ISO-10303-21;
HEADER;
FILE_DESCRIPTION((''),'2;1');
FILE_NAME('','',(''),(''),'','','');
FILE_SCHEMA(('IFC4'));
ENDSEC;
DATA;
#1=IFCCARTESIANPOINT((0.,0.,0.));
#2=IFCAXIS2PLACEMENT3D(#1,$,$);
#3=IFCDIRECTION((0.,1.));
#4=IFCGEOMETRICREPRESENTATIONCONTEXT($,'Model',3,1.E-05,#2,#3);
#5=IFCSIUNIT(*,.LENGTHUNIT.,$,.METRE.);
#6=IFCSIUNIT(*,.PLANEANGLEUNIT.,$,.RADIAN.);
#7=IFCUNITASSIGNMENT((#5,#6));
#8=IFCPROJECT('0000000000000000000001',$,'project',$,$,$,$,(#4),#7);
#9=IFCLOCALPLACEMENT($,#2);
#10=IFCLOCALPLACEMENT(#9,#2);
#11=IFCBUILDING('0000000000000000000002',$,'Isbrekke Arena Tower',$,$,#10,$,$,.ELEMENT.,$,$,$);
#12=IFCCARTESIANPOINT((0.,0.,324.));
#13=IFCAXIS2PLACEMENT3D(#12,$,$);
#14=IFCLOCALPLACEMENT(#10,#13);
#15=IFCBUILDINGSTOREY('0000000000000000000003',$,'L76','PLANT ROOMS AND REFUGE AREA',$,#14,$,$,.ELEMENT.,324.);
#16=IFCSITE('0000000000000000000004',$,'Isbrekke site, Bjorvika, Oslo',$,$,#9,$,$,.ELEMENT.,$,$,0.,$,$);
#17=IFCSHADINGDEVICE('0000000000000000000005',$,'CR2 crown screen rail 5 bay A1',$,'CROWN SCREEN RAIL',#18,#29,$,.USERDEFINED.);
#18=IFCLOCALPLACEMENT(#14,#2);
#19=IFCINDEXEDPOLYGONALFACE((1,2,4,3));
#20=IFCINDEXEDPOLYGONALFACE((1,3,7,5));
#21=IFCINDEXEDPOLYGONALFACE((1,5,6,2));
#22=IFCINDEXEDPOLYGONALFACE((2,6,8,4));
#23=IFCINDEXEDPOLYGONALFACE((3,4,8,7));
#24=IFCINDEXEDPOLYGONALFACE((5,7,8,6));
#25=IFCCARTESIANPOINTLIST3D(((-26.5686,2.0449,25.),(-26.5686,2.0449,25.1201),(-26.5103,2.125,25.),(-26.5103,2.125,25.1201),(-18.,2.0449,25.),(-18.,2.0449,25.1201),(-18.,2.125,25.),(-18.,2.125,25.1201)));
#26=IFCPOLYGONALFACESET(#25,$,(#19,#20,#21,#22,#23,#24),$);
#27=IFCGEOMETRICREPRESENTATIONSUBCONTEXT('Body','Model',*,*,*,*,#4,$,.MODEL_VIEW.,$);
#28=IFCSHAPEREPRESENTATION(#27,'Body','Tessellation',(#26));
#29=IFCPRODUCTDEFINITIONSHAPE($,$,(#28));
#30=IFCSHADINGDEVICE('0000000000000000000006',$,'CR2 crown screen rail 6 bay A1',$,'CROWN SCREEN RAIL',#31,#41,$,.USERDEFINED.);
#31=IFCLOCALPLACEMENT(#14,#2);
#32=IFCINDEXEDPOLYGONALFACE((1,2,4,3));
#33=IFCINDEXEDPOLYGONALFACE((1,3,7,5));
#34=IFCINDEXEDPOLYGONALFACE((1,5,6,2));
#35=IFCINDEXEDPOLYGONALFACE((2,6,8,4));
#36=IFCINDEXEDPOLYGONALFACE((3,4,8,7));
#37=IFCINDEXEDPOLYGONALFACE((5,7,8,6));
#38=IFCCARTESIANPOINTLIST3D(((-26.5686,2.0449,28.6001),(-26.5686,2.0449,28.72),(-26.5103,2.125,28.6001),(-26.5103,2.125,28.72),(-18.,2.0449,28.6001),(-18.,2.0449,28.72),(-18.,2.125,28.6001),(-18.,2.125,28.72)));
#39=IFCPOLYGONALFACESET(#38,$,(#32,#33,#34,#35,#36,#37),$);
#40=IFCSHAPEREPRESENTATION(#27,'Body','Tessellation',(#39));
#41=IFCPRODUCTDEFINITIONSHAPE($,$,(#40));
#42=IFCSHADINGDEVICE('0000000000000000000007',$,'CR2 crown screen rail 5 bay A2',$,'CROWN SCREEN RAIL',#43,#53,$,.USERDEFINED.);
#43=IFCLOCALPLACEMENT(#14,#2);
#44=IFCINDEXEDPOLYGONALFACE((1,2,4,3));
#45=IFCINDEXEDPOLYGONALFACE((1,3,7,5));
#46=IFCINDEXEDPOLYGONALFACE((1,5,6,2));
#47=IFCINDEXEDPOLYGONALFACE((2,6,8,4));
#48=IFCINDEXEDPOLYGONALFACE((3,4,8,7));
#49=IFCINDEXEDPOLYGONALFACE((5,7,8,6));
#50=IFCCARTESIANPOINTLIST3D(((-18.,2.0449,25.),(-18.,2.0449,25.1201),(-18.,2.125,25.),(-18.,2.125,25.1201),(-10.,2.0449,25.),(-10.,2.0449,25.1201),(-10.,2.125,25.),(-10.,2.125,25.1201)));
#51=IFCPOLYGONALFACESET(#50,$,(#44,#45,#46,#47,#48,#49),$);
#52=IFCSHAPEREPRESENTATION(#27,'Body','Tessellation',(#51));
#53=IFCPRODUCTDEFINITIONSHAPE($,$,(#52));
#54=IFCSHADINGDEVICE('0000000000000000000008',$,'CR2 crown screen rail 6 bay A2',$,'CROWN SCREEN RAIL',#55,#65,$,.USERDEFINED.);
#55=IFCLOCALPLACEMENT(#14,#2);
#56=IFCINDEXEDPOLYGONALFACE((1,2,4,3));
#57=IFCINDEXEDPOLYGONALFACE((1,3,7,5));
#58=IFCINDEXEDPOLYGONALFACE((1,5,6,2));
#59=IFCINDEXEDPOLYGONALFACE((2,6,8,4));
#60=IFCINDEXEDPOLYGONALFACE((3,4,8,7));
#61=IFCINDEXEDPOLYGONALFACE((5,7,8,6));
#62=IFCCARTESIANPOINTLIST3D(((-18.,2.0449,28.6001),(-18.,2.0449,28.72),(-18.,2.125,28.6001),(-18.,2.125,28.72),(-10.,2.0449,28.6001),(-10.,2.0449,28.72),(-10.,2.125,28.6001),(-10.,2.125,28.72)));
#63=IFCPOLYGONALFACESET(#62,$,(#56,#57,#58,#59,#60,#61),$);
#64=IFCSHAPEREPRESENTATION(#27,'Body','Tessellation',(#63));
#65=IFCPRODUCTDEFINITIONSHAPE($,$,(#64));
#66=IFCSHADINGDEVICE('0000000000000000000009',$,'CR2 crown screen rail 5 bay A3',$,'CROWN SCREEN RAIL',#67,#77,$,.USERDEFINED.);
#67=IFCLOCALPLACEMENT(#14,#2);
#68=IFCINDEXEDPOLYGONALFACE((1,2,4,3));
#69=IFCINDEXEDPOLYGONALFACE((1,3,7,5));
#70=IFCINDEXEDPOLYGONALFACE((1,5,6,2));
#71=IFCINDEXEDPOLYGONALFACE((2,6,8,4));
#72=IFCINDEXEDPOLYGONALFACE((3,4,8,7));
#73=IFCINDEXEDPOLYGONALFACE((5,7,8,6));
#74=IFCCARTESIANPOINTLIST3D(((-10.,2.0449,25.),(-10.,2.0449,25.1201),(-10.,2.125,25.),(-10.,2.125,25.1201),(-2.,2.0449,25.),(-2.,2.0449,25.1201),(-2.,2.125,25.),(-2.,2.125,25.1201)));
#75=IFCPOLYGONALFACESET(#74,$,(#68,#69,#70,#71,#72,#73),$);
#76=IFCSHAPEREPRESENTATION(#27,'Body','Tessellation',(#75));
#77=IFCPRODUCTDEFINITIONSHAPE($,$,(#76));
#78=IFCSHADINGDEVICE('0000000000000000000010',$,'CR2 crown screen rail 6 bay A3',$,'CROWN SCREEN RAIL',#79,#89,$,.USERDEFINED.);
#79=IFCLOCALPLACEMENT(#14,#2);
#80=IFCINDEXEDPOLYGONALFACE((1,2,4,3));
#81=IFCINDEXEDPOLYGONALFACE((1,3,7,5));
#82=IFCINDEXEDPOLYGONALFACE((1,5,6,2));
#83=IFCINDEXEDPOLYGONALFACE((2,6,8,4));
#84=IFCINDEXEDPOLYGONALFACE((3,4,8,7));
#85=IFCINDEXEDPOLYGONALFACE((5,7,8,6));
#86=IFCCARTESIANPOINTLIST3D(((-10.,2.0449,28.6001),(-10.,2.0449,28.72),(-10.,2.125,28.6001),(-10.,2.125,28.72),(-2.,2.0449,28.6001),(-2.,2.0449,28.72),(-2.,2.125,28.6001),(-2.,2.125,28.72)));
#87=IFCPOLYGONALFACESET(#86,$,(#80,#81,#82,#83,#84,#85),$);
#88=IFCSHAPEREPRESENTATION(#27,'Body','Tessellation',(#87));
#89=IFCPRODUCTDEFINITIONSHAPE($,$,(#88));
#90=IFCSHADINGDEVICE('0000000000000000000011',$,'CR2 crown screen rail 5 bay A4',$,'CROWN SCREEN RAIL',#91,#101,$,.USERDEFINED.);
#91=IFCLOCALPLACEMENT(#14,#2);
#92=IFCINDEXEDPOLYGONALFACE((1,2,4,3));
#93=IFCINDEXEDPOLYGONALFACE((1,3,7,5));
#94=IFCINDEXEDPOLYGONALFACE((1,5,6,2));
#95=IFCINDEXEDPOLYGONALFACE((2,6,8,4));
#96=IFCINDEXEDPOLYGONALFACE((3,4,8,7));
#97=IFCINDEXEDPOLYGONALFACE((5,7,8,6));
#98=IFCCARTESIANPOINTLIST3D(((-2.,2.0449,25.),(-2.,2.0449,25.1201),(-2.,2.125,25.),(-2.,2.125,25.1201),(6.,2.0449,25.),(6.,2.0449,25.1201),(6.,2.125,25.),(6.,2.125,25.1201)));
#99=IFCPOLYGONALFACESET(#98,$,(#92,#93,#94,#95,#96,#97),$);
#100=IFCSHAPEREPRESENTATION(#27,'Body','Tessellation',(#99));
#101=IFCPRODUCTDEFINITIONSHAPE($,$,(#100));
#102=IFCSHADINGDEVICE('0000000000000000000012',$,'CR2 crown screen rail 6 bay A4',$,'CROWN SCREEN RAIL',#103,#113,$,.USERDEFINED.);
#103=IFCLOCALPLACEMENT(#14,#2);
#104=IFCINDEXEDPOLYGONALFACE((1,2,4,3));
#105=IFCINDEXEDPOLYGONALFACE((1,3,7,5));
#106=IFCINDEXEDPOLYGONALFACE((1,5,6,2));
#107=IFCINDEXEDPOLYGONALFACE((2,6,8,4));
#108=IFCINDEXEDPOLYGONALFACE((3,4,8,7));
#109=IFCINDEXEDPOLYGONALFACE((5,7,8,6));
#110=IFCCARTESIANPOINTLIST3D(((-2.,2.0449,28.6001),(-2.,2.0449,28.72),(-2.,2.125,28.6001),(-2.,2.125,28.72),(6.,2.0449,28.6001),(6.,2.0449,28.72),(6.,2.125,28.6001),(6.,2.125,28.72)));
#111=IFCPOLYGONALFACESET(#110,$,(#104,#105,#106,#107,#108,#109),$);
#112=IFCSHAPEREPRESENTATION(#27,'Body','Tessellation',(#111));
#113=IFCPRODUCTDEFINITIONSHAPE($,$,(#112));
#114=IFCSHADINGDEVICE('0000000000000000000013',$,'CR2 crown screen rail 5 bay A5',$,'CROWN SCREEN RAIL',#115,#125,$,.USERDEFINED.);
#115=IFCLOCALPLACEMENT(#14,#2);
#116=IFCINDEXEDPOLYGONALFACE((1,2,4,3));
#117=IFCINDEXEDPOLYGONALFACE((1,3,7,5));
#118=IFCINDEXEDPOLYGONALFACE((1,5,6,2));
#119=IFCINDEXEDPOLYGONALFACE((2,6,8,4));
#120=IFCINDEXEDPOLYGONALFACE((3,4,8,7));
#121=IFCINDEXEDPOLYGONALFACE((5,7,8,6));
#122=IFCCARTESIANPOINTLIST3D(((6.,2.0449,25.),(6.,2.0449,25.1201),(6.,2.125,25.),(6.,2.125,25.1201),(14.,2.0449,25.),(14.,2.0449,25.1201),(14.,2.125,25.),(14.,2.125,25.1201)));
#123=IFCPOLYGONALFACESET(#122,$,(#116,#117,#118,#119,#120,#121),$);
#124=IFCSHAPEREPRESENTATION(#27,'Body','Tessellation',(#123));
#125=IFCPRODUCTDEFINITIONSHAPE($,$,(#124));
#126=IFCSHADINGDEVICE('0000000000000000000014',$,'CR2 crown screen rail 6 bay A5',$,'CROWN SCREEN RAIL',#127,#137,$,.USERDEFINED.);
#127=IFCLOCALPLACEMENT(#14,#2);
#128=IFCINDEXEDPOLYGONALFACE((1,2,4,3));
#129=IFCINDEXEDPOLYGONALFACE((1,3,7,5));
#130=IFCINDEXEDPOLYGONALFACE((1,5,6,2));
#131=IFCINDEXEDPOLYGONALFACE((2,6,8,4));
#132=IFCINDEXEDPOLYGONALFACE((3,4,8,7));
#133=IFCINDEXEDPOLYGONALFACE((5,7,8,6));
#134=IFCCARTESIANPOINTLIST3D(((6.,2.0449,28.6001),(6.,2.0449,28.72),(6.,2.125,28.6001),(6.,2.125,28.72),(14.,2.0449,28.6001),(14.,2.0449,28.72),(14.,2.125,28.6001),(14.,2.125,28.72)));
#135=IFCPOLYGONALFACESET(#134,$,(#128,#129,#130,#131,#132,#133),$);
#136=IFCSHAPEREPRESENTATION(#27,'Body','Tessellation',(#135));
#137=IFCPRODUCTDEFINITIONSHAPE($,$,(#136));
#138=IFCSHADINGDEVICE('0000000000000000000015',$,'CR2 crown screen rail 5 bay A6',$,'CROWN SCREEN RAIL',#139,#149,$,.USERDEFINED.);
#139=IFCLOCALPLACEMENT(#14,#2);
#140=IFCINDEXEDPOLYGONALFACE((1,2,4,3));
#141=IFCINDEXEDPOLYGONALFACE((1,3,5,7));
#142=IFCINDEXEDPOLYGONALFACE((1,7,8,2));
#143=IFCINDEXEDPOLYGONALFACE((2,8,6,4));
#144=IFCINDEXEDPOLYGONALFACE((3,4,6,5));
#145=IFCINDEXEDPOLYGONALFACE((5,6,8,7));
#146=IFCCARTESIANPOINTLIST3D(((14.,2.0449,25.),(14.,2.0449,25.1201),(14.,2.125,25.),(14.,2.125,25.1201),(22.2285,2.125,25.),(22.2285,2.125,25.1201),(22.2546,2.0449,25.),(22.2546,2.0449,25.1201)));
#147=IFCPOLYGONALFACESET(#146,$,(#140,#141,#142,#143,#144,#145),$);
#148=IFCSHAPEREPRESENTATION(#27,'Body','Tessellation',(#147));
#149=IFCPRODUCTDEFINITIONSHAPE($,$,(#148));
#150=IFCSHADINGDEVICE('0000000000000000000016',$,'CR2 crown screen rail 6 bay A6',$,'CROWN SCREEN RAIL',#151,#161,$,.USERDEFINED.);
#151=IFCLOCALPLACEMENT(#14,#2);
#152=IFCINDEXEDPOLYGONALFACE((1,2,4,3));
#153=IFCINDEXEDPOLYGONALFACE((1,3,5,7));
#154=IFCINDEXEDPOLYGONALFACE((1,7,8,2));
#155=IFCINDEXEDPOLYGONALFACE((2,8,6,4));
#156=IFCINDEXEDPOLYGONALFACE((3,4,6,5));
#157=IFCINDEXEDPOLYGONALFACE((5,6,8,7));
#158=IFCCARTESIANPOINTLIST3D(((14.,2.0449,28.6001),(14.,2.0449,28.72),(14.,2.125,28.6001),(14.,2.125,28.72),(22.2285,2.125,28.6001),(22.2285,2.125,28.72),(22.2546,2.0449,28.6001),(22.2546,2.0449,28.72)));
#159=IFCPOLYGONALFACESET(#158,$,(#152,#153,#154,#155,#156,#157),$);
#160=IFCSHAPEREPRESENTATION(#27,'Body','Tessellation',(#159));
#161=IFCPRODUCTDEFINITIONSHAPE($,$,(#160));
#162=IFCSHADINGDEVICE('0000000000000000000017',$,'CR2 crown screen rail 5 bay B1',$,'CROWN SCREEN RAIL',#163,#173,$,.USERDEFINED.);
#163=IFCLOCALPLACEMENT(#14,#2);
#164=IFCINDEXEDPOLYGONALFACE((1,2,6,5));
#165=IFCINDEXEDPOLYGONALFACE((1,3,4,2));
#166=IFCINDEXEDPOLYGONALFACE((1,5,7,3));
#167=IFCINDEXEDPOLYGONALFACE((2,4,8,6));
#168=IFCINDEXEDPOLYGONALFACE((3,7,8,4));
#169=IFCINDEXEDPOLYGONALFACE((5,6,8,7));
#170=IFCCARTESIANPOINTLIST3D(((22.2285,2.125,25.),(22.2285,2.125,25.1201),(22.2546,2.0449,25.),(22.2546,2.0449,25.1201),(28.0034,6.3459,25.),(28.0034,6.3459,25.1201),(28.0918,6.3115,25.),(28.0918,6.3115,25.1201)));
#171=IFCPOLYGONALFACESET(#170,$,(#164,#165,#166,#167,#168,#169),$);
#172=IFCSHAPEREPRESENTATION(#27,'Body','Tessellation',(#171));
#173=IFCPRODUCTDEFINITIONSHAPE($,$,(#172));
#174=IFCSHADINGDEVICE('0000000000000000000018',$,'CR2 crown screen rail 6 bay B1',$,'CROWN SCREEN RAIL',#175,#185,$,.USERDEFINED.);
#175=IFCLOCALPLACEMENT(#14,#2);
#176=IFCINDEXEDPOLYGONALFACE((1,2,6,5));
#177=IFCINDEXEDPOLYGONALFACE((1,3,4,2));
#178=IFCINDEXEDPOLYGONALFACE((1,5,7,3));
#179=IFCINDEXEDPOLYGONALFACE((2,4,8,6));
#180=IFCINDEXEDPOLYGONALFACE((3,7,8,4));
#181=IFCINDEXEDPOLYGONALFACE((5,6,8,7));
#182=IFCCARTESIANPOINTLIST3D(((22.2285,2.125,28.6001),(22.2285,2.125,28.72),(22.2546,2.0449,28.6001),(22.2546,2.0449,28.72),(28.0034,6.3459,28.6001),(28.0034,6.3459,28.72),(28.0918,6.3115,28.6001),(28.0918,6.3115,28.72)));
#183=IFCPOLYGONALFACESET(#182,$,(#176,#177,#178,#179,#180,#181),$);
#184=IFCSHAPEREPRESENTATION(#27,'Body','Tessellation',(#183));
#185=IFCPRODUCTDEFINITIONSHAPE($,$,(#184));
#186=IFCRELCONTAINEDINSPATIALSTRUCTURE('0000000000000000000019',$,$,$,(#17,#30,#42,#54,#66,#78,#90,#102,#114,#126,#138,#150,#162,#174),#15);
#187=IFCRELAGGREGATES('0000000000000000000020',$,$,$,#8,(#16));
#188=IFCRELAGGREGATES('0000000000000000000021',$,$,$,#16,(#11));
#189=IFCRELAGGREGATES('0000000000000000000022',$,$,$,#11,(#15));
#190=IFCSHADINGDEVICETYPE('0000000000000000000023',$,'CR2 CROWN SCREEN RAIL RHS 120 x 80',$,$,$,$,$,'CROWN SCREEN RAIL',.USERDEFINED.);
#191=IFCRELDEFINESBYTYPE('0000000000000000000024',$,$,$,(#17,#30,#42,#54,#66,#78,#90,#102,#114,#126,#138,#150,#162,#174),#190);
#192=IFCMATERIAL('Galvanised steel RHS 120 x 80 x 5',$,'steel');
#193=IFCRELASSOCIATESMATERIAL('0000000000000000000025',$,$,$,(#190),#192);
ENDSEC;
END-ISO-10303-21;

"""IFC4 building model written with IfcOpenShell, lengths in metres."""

from ifc_helpers import new_model, si_unit, direction, frame, origin, place, context, subcontext, project, spatial, polyline, outline, extrude, material, type_object, element, save


model = new_model("IFC4")

# Units and contexts
model_context = context("Model", 3, precision=1e-05, world=origin(), true_north=direction((0.0, 1.0)))
body_context = subcontext(model_context, "Body", "Model", "MODEL_VIEW")
ifc_project = project(units=[si_unit("LENGTHUNIT", "METRE"), si_unit("PLANEANGLEUNIT", "RADIAN")], contexts=[model_context])

# Site, building, storey
site_placement = place(None, origin())
site = spatial("IfcSite", under=ifc_project, at=site_placement, Name="Isbrekke site, Bjorvika, Oslo", CompositionType="ELEMENT", RefElevation=0.0)
building_placement = place(site_placement, origin())
building = spatial("IfcBuilding", under=site, at=building_placement, Name="Isbrekke Arena Tower", CompositionType="ELEMENT")
storey_placement = place(building_placement, frame((0.0, 0.0, 324.0)))
storey = spatial("IfcBuildingStorey", under=building, at=storey_placement, Name="L76", Description="PLANT ROOMS AND REFUGE AREA", CompositionType="ELEMENT", Elevation=324.0)

# Shading devices
ifc_material_1 = material(Name="Galvanised steel RHS 120 x 80 x 5", Category="steel")
shading_device_type = type_object("IfcShadingDeviceType", Name="CR2 CROWN SCREEN RAIL RHS 120 x 80", ElementType="CROWN SCREEN RAIL", PredefinedType="USERDEFINED", material=ifc_material_1)
shading_device_1_placement = place(storey_placement, frame((0.0, 0.0, 25.0)))
element("IfcShadingDevice", 1, at=shading_device_1_placement, inside=storey, type_object=shading_device_type, Name="CR2 crown screen rail 5 bay A1", ObjectType="CROWN SCREEN RAIL", PredefinedType="USERDEFINED", context=body_context, shape_type="SweptSolid", body=[
    extrude(outline(polyline([(-26.5103, 2.125), (-18.0, 2.125), (-18.0, 2.0449), (-26.5686, 2.0449), (-26.5103, 2.125)])), origin(), (0.0, 0.0, 1.0), 0.1201),
])
shading_device_2_placement = place(storey_placement, frame((0.0, 0.0, 28.6001)))
element("IfcShadingDevice", 2, at=shading_device_2_placement, inside=storey, type_object=shading_device_type, Name="CR2 crown screen rail 6 bay A1", ObjectType="CROWN SCREEN RAIL", PredefinedType="USERDEFINED", context=body_context, shape_type="SweptSolid", body=[
    extrude(outline(polyline([(-26.5103, 2.125), (-18.0, 2.125), (-18.0, 2.0449), (-26.5686, 2.0449), (-26.5103, 2.125)])), origin(), (0.0, 0.0, 1.0), 0.1199),
])
shading_device_3_placement = place(storey_placement, frame((0.0, 0.0, 25.0)))
element("IfcShadingDevice", 3, at=shading_device_3_placement, inside=storey, type_object=shading_device_type, Name="CR2 crown screen rail 5 bay A2", ObjectType="CROWN SCREEN RAIL", PredefinedType="USERDEFINED", context=body_context, shape_type="SweptSolid", body=[
    extrude(outline(polyline([(-18.0, 2.125), (-10.0, 2.125), (-10.0, 2.0449), (-18.0, 2.0449), (-18.0, 2.125)])), origin(), (0.0, 0.0, 1.0), 0.1201),
])
shading_device_4_placement = place(storey_placement, frame((0.0, 0.0, 28.6001)))
element("IfcShadingDevice", 4, at=shading_device_4_placement, inside=storey, type_object=shading_device_type, Name="CR2 crown screen rail 6 bay A2", ObjectType="CROWN SCREEN RAIL", PredefinedType="USERDEFINED", context=body_context, shape_type="SweptSolid", body=[
    extrude(outline(polyline([(-18.0, 2.125), (-10.0, 2.125), (-10.0, 2.0449), (-18.0, 2.0449), (-18.0, 2.125)])), origin(), (0.0, 0.0, 1.0), 0.1199),
])
shading_device_5_placement = place(storey_placement, frame((0.0, 0.0, 25.0)))
element("IfcShadingDevice", 5, at=shading_device_5_placement, inside=storey, type_object=shading_device_type, Name="CR2 crown screen rail 5 bay A3", ObjectType="CROWN SCREEN RAIL", PredefinedType="USERDEFINED", context=body_context, shape_type="SweptSolid", body=[
    extrude(outline(polyline([(-10.0, 2.125), (-2.0, 2.125), (-2.0, 2.0449), (-10.0, 2.0449), (-10.0, 2.125)])), origin(), (0.0, 0.0, 1.0), 0.1201),
])
shading_device_6_placement = place(storey_placement, frame((0.0, 0.0, 28.6001)))
element("IfcShadingDevice", 6, at=shading_device_6_placement, inside=storey, type_object=shading_device_type, Name="CR2 crown screen rail 6 bay A3", ObjectType="CROWN SCREEN RAIL", PredefinedType="USERDEFINED", context=body_context, shape_type="SweptSolid", body=[
    extrude(outline(polyline([(-10.0, 2.125), (-2.0, 2.125), (-2.0, 2.0449), (-10.0, 2.0449), (-10.0, 2.125)])), origin(), (0.0, 0.0, 1.0), 0.1199),
])
shading_device_7_placement = place(storey_placement, frame((0.0, 0.0, 25.0)))
element("IfcShadingDevice", 7, at=shading_device_7_placement, inside=storey, type_object=shading_device_type, Name="CR2 crown screen rail 5 bay A4", ObjectType="CROWN SCREEN RAIL", PredefinedType="USERDEFINED", context=body_context, shape_type="SweptSolid", body=[
    extrude(outline(polyline([(-2.0, 2.125), (6.0, 2.125), (6.0, 2.0449), (-2.0, 2.0449), (-2.0, 2.125)])), origin(), (0.0, 0.0, 1.0), 0.1201),
])
shading_device_8_placement = place(storey_placement, frame((0.0, 0.0, 28.6001)))
element("IfcShadingDevice", 8, at=shading_device_8_placement, inside=storey, type_object=shading_device_type, Name="CR2 crown screen rail 6 bay A4", ObjectType="CROWN SCREEN RAIL", PredefinedType="USERDEFINED", context=body_context, shape_type="SweptSolid", body=[
    extrude(outline(polyline([(-2.0, 2.125), (6.0, 2.125), (6.0, 2.0449), (-2.0, 2.0449), (-2.0, 2.125)])), origin(), (0.0, 0.0, 1.0), 0.1199),
])
shading_device_9_placement = place(storey_placement, frame((0.0, 0.0, 25.0)))
element("IfcShadingDevice", 9, at=shading_device_9_placement, inside=storey, type_object=shading_device_type, Name="CR2 crown screen rail 5 bay A5", ObjectType="CROWN SCREEN RAIL", PredefinedType="USERDEFINED", context=body_context, shape_type="SweptSolid", body=[
    extrude(outline(polyline([(6.0, 2.125), (14.0, 2.125), (14.0, 2.0449), (6.0, 2.0449), (6.0, 2.125)])), origin(), (0.0, 0.0, 1.0), 0.1201),
])
shading_device_10_placement = place(storey_placement, frame((0.0, 0.0, 28.6001)))
element("IfcShadingDevice", 10, at=shading_device_10_placement, inside=storey, type_object=shading_device_type, Name="CR2 crown screen rail 6 bay A5", ObjectType="CROWN SCREEN RAIL", PredefinedType="USERDEFINED", context=body_context, shape_type="SweptSolid", body=[
    extrude(outline(polyline([(6.0, 2.125), (14.0, 2.125), (14.0, 2.0449), (6.0, 2.0449), (6.0, 2.125)])), origin(), (0.0, 0.0, 1.0), 0.1199),
])
shading_device_11_placement = place(storey_placement, frame((0.0, 0.0, 25.0)))
element("IfcShadingDevice", 11, at=shading_device_11_placement, inside=storey, type_object=shading_device_type, Name="CR2 crown screen rail 5 bay A6", ObjectType="CROWN SCREEN RAIL", PredefinedType="USERDEFINED", context=body_context, shape_type="SweptSolid", body=[
    extrude(outline(polyline([(14.0, 2.125), (22.2285, 2.125), (22.2546, 2.0449), (14.0, 2.0449), (14.0, 2.125)])), origin(), (0.0, 0.0, 1.0), 0.1201),
])
shading_device_12_placement = place(storey_placement, frame((0.0, 0.0, 28.6001)))
element("IfcShadingDevice", 12, at=shading_device_12_placement, inside=storey, type_object=shading_device_type, Name="CR2 crown screen rail 6 bay A6", ObjectType="CROWN SCREEN RAIL", PredefinedType="USERDEFINED", context=body_context, shape_type="SweptSolid", body=[
    extrude(outline(polyline([(14.0, 2.125), (22.2285, 2.125), (22.2546, 2.0449), (14.0, 2.0449), (14.0, 2.125)])), origin(), (0.0, 0.0, 1.0), 0.1199),
])
shading_device_13_placement = place(storey_placement, frame((0.0, 0.0, 25.0)))
element("IfcShadingDevice", 13, at=shading_device_13_placement, inside=storey, type_object=shading_device_type, Name="CR2 crown screen rail 5 bay B1", ObjectType="CROWN SCREEN RAIL", PredefinedType="USERDEFINED", context=body_context, shape_type="SweptSolid", body=[
    extrude(outline(polyline([(22.2285, 2.125), (28.0034, 6.3459), (28.0918, 6.3115), (22.2546, 2.0449), (22.2285, 2.125)])), origin(), (0.0, 0.0, 1.0), 0.1201),
])
shading_device_14_placement = place(storey_placement, frame((0.0, 0.0, 28.6001)))
element("IfcShadingDevice", 14, at=shading_device_14_placement, inside=storey, type_object=shading_device_type, Name="CR2 crown screen rail 6 bay B1", ObjectType="CROWN SCREEN RAIL", PredefinedType="USERDEFINED", context=body_context, shape_type="SweptSolid", body=[
    extrude(outline(polyline([(22.2285, 2.125), (28.0034, 6.3459), (28.0918, 6.3115), (22.2546, 2.0449), (22.2285, 2.125)])), origin(), (0.0, 0.0, 1.0), 0.1199),
])

save(model, "model.ifc")
